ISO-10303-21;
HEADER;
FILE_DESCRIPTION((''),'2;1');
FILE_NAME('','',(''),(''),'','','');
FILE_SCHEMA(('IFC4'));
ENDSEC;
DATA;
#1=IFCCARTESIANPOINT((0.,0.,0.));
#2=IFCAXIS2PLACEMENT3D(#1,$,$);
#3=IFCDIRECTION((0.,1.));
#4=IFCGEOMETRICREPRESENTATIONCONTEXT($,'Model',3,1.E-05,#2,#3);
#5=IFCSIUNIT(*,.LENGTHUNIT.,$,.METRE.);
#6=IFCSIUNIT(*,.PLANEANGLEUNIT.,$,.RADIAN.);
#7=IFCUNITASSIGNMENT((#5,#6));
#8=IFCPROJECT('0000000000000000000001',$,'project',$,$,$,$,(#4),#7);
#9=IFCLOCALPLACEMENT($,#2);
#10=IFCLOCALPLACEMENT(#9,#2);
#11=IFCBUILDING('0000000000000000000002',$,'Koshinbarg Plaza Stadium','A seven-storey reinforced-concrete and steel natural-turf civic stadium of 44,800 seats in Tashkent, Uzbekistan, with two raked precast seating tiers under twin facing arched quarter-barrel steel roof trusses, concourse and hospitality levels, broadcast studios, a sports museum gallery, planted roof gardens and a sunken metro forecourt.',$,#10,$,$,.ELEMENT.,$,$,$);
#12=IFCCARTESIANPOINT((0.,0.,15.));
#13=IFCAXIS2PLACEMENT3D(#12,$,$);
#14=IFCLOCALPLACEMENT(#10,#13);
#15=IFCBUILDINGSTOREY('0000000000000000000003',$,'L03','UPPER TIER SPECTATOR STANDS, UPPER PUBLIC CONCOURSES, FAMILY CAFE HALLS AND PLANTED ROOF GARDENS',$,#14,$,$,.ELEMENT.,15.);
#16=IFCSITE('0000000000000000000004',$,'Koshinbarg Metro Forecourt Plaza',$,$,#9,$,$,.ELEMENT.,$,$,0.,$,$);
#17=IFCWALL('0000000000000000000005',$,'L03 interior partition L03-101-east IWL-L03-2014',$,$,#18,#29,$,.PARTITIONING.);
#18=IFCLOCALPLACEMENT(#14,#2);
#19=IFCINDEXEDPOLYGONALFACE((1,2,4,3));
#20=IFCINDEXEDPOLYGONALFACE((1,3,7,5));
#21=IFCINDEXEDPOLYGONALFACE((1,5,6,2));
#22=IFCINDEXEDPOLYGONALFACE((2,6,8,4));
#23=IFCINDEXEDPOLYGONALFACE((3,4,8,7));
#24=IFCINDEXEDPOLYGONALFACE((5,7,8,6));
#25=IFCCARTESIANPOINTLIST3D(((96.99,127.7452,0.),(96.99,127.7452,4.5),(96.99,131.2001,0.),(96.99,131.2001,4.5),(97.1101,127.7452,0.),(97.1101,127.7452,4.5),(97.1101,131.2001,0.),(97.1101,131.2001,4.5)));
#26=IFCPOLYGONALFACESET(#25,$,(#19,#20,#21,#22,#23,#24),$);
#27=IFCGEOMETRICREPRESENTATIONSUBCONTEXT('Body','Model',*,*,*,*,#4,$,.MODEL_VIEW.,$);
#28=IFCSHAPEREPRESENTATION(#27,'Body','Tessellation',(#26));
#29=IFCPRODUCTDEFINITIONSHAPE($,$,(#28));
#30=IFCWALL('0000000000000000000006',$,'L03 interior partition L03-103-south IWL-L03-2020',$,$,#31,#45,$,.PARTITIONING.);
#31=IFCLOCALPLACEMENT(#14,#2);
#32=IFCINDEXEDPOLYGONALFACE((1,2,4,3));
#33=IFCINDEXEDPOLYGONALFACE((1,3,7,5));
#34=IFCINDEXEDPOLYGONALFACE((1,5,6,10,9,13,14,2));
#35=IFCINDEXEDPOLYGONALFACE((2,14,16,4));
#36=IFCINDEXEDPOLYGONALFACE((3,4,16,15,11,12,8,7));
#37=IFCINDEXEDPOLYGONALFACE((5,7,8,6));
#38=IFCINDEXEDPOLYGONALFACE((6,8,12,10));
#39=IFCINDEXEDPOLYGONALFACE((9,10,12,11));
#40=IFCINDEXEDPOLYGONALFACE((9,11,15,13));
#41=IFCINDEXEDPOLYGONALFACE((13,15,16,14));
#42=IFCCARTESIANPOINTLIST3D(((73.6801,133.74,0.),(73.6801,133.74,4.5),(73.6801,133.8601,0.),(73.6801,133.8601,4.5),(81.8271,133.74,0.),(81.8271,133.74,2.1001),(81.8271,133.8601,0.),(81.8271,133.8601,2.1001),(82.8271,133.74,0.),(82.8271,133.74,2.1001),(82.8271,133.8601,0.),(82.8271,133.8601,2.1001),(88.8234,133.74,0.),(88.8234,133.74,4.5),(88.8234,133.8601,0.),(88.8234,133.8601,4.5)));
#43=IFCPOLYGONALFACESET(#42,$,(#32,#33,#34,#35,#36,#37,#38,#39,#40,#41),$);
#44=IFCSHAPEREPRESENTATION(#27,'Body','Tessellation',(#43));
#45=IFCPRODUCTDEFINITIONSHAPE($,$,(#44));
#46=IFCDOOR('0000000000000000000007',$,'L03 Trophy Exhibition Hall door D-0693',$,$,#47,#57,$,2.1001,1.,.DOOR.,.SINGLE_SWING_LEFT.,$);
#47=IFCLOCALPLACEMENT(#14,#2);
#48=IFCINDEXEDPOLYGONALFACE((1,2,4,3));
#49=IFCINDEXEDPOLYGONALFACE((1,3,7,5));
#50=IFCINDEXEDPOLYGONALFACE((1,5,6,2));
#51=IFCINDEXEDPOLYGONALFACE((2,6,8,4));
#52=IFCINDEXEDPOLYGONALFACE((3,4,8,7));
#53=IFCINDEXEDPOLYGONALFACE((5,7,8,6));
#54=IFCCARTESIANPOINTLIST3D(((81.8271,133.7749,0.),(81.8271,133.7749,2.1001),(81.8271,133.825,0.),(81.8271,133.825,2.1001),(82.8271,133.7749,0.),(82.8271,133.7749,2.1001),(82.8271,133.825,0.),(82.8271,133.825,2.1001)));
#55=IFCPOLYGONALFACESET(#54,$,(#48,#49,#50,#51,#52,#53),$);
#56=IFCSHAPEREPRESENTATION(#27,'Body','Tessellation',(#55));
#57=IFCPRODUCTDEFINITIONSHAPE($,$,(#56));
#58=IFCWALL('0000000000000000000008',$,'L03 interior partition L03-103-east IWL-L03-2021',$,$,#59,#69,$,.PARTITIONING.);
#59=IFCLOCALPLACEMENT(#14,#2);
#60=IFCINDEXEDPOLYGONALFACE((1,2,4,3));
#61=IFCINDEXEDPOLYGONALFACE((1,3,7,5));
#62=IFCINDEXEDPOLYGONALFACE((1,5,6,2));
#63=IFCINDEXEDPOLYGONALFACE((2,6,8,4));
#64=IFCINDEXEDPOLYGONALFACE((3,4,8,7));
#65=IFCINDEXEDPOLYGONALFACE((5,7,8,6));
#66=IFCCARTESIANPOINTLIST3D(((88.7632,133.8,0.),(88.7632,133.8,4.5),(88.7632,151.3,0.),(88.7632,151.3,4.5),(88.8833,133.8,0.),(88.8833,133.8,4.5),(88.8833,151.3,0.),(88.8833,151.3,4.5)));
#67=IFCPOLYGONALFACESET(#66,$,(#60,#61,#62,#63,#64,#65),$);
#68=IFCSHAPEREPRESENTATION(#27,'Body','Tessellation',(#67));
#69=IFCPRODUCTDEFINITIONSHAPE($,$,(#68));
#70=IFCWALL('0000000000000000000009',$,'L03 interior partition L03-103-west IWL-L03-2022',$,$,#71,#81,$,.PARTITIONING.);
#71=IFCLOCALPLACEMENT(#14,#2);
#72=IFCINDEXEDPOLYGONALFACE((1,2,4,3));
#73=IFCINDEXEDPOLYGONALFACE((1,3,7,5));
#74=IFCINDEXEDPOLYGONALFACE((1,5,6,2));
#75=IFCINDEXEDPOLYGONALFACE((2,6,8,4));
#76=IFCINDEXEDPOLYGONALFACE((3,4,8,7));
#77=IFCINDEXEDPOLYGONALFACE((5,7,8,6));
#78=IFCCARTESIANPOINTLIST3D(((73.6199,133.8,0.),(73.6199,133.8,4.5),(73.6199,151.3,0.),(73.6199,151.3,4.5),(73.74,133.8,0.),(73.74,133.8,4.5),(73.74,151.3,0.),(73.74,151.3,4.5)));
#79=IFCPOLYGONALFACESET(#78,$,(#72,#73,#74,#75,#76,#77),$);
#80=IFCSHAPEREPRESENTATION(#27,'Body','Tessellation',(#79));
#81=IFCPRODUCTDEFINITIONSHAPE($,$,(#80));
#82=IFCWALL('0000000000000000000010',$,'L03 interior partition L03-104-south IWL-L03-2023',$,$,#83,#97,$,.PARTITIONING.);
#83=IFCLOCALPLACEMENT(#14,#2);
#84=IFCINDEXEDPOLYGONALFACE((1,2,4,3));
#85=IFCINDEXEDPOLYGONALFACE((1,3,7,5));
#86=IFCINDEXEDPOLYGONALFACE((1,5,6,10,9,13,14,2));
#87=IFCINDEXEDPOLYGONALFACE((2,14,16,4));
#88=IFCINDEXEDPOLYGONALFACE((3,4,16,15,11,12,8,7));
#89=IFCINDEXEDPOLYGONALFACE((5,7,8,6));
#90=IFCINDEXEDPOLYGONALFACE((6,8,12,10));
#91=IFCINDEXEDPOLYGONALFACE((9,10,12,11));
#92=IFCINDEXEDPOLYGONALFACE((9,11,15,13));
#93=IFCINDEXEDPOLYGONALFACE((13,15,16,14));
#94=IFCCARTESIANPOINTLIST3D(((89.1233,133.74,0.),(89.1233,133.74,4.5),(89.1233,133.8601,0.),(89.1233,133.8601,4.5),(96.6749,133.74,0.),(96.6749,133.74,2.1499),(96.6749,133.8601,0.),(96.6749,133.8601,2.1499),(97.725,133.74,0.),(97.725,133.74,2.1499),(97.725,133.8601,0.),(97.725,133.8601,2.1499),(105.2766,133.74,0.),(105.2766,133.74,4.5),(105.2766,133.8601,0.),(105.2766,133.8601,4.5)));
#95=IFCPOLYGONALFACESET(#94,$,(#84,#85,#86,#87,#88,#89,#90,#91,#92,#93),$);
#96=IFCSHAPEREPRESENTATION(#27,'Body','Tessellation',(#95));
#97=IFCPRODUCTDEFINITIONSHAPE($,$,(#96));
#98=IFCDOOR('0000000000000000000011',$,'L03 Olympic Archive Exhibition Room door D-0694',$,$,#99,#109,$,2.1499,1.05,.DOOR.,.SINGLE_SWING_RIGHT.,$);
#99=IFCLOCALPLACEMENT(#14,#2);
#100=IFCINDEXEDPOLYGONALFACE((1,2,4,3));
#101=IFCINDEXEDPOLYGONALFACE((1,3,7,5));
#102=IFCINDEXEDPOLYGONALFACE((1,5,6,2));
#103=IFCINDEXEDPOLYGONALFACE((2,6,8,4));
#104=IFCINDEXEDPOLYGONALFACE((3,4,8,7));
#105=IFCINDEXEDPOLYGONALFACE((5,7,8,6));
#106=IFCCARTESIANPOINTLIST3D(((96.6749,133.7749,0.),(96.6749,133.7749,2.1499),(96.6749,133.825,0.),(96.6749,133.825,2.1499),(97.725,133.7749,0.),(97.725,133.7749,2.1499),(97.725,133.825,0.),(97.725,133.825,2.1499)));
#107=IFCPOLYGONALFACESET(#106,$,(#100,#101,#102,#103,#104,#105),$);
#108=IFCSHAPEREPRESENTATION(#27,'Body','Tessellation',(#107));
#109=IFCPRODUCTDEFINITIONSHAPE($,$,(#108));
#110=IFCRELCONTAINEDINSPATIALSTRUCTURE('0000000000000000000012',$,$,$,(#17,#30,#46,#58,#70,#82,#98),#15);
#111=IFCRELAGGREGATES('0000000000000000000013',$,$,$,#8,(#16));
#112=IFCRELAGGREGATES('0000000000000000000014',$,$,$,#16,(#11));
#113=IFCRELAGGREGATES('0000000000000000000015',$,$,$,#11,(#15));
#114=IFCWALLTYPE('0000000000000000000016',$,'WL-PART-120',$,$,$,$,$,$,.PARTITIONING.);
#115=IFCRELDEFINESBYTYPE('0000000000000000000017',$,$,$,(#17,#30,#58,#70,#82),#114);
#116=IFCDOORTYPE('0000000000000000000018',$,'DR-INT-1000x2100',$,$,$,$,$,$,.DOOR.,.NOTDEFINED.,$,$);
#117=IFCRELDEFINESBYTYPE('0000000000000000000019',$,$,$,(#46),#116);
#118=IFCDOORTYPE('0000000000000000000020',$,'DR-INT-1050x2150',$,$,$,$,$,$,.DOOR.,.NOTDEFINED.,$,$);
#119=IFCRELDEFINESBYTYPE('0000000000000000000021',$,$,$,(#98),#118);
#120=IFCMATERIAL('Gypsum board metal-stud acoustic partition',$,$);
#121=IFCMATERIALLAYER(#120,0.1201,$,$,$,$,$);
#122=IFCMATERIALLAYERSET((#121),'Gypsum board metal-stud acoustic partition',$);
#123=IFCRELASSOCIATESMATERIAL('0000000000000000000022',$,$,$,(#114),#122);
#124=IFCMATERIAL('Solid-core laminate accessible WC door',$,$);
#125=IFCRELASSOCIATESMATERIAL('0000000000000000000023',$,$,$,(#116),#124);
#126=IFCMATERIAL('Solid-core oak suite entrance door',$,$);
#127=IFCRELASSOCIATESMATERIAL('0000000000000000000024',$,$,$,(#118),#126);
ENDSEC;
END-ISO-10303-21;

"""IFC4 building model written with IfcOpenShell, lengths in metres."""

from ifc_helpers import new_model, si_unit, direction, frame, frame_2d, origin, place, context, subcontext, project, spatial, rectangle, extrude, material, layer, layer_set, type_object, element, fill, save


model = new_model("IFC4")

# Units and contexts
model_context = context("Model", 3, precision=1e-05, world=origin(), true_north=direction((0.0, 1.0)))
body_context = subcontext(model_context, "Body", "Model", "MODEL_VIEW")
ifc_project = project(units=[si_unit("LENGTHUNIT", "METRE"), si_unit("PLANEANGLEUNIT", "RADIAN")], contexts=[model_context])

# Site, building, storey
site_placement = place(None, origin())
site = spatial("IfcSite", under=ifc_project, at=site_placement, Name="Koshinbarg Metro Forecourt Plaza", CompositionType="ELEMENT", RefElevation=0.0)
building_placement = place(site_placement, origin())
building = spatial("IfcBuilding", under=site, at=building_placement, Name="Koshinbarg Plaza Stadium", Description="A seven-storey reinforced-concrete and steel natural-turf civic stadium of 44,800 seats in Tashkent, Uzbekistan, with two raked precast seating tiers under twin facing arched quarter-barrel steel roof trusses, concourse and hospitality levels, broadcast studios, a sports museum gallery, planted roof gardens and a sunken metro forecourt.", CompositionType="ELEMENT")
storey_placement = place(building_placement, frame((0.0, 0.0, 15.0)))
storey = spatial("IfcBuildingStorey", under=building, at=storey_placement, Name="L03", Description="UPPER TIER SPECTATOR STANDS, UPPER PUBLIC CONCOURSES, FAMILY CAFE HALLS AND PLANTED ROOF GARDENS", CompositionType="ELEMENT", Elevation=15.0)

# Wall
ifc_material_1 = material(Name="Gypsum board metal-stud acoustic partition")
ifc_layer_1 = layer(ifc_material_1, 0.1201)
ifc_layer_set_1 = layer_set([ifc_layer_1], Name="Gypsum board metal-stud acoustic partition")
wall_type_1 = type_object("IfcWallType", Name="WL-PART-120", PredefinedType="PARTITIONING", material=ifc_layer_set_1)
wall_1_placement = place(storey_placement, frame((97.05, 127.7451, 0.0), z_axis=(0.0, 0.0, 1.0), x_axis=(0.0, 1.0, 0.0)))
element("IfcWall", 1, at=wall_1_placement, inside=storey, type_object=wall_type_1, Name="L03 interior partition L03-101-east IWL-L03-2014", PredefinedType="PARTITIONING", context=body_context, shape_type="SweptSolid", body=[
    extrude(rectangle(XDim=3.4548, YDim=0.1201, at=frame_2d((1.7275, 0.0))), origin(), (0.0, 0.0, 1.0), 4.5),
])

# Wall, opening, door
wall_2_placement = place(storey_placement, frame((73.6799, 133.8, 0.0), z_axis=(0.0, 0.0, 1.0), x_axis=(1.0, 0.0, 0.0)))
wall_2 = element("IfcWall", 2, at=wall_2_placement, inside=storey, type_object=wall_type_1, Name="L03 interior partition L03-103-south IWL-L03-2020", PredefinedType="PARTITIONING", context=body_context, shape_type="SweptSolid", body=[
    extrude(rectangle(XDim=15.1433, YDim=0.1201, at=frame_2d((7.5718, 0.0))), origin(), (0.0, 0.0, 1.0), 4.5),
])
opening_1_placement = place(wall_2_placement, frame((8.1472, 0.0, 0.0)))
opening_1 = element("IfcOpeningElement", 3, at=opening_1_placement, cuts=wall_2, PredefinedType="OPENING", context=body_context, shape_type="SweptSolid", body=[
    extrude(rectangle(XDim=1.0, YDim=2.1001, at=frame_2d((0.5, 1.05))), frame((0.0, 0.0701, 0.0), z_axis=(0.0, -1.0, 0.0), x_axis=(1.0, 0.0, 0.0)), (0.0, 0.0, 1.0), 0.1401),
])
ifc_material_2 = material(Name="Solid-core laminate accessible WC door")
door_type_1 = type_object("IfcDoorType", Name="DR-INT-1000x2100", OperationType="NOTDEFINED", PredefinedType="DOOR", material=ifc_material_2)
door_1_placement = place(opening_1_placement, origin())
door_1 = element("IfcDoor", 4, at=door_1_placement, inside=storey, type_object=door_type_1, Name="L03 Trophy Exhibition Hall door D-0693", OperationType="SINGLE_SWING_LEFT", OverallHeight=2.1001, OverallWidth=1.0, PredefinedType="DOOR", context=body_context, shape_type="SweptSolid", body=[
    extrude(rectangle(XDim=1.0, YDim=2.1001, at=frame_2d((0.5, 1.05))), frame((0.0, 0.0249, 0.0), z_axis=(0.0, -1.0, 0.0), x_axis=(1.0, 0.0, 0.0)), (0.0, 0.0, 1.0), 0.05),
])
fill(opening_1, door_1)

# Walls
for number, where, z_axis, x_axis, name in (
    (5, (88.8232, 133.8, 0.0), (0.0, 0.0, 1.0), (0.0, 1.0, 0.0), "L03 interior partition L03-103-east IWL-L03-2021"),
    (6, (73.6799, 151.3, 0.0), (0.0, 0.0, 1.0), (0.0, -1.0, 0.0), "L03 interior partition L03-103-west IWL-L03-2022"),
):
    element("IfcWall", number, at=place(storey_placement, frame(where, z_axis=z_axis, x_axis=x_axis)), inside=storey, type_object=wall_type_1, Name=name, PredefinedType="PARTITIONING", context=body_context, shape_type="SweptSolid", body=[
        extrude(rectangle(XDim=17.5, YDim=0.1201, at=frame_2d((8.75, 0.0))), origin(), (0.0, 0.0, 1.0), 4.5),
    ])

# Wall, opening, door
wall_3_placement = place(storey_placement, frame((89.1233, 133.8, 0.0), z_axis=(0.0, 0.0, 1.0), x_axis=(1.0, 0.0, 0.0)))
wall_3 = element("IfcWall", 7, at=wall_3_placement, inside=storey, type_object=wall_type_1, Name="L03 interior partition L03-104-south IWL-L03-2023", PredefinedType="PARTITIONING", context=body_context, shape_type="SweptSolid", body=[
    extrude(rectangle(XDim=16.1533, YDim=0.1201, at=frame_2d((8.0767, 0.0))), origin(), (0.0, 0.0, 1.0), 4.5),
])
opening_2_placement = place(wall_3_placement, frame((7.5518, 0.0, 0.0)))
opening_2 = element("IfcOpeningElement", 8, at=opening_2_placement, cuts=wall_3, PredefinedType="OPENING", context=body_context, shape_type="SweptSolid", body=[
    extrude(rectangle(XDim=1.05, YDim=2.1499, at=frame_2d((0.5249, 1.075))), frame((0.0, 0.0701, 0.0), z_axis=(0.0, -1.0, 0.0), x_axis=(1.0, 0.0, 0.0)), (0.0, 0.0, 1.0), 0.1401),
])
ifc_material_3 = material(Name="Solid-core oak suite entrance door")
door_type_2 = type_object("IfcDoorType", Name="DR-INT-1050x2150", OperationType="NOTDEFINED", PredefinedType="DOOR", material=ifc_material_3)
door_2_placement = place(opening_2_placement, origin())
door_2 = element("IfcDoor", 9, at=door_2_placement, inside=storey, type_object=door_type_2, Name="L03 Olympic Archive Exhibition Room door D-0694", OperationType="SINGLE_SWING_RIGHT", OverallHeight=2.1499, OverallWidth=1.05, PredefinedType="DOOR", context=body_context, shape_type="SweptSolid", body=[
    extrude(rectangle(XDim=1.05, YDim=2.1499, at=frame_2d((0.5249, 1.075))), frame((0.0, 0.0249, 0.0), z_axis=(0.0, -1.0, 0.0), x_axis=(1.0, 0.0, 0.0)), (0.0, 0.0, 1.0), 0.05),
])
fill(opening_2, door_2)

save(model, "model.ifc")
